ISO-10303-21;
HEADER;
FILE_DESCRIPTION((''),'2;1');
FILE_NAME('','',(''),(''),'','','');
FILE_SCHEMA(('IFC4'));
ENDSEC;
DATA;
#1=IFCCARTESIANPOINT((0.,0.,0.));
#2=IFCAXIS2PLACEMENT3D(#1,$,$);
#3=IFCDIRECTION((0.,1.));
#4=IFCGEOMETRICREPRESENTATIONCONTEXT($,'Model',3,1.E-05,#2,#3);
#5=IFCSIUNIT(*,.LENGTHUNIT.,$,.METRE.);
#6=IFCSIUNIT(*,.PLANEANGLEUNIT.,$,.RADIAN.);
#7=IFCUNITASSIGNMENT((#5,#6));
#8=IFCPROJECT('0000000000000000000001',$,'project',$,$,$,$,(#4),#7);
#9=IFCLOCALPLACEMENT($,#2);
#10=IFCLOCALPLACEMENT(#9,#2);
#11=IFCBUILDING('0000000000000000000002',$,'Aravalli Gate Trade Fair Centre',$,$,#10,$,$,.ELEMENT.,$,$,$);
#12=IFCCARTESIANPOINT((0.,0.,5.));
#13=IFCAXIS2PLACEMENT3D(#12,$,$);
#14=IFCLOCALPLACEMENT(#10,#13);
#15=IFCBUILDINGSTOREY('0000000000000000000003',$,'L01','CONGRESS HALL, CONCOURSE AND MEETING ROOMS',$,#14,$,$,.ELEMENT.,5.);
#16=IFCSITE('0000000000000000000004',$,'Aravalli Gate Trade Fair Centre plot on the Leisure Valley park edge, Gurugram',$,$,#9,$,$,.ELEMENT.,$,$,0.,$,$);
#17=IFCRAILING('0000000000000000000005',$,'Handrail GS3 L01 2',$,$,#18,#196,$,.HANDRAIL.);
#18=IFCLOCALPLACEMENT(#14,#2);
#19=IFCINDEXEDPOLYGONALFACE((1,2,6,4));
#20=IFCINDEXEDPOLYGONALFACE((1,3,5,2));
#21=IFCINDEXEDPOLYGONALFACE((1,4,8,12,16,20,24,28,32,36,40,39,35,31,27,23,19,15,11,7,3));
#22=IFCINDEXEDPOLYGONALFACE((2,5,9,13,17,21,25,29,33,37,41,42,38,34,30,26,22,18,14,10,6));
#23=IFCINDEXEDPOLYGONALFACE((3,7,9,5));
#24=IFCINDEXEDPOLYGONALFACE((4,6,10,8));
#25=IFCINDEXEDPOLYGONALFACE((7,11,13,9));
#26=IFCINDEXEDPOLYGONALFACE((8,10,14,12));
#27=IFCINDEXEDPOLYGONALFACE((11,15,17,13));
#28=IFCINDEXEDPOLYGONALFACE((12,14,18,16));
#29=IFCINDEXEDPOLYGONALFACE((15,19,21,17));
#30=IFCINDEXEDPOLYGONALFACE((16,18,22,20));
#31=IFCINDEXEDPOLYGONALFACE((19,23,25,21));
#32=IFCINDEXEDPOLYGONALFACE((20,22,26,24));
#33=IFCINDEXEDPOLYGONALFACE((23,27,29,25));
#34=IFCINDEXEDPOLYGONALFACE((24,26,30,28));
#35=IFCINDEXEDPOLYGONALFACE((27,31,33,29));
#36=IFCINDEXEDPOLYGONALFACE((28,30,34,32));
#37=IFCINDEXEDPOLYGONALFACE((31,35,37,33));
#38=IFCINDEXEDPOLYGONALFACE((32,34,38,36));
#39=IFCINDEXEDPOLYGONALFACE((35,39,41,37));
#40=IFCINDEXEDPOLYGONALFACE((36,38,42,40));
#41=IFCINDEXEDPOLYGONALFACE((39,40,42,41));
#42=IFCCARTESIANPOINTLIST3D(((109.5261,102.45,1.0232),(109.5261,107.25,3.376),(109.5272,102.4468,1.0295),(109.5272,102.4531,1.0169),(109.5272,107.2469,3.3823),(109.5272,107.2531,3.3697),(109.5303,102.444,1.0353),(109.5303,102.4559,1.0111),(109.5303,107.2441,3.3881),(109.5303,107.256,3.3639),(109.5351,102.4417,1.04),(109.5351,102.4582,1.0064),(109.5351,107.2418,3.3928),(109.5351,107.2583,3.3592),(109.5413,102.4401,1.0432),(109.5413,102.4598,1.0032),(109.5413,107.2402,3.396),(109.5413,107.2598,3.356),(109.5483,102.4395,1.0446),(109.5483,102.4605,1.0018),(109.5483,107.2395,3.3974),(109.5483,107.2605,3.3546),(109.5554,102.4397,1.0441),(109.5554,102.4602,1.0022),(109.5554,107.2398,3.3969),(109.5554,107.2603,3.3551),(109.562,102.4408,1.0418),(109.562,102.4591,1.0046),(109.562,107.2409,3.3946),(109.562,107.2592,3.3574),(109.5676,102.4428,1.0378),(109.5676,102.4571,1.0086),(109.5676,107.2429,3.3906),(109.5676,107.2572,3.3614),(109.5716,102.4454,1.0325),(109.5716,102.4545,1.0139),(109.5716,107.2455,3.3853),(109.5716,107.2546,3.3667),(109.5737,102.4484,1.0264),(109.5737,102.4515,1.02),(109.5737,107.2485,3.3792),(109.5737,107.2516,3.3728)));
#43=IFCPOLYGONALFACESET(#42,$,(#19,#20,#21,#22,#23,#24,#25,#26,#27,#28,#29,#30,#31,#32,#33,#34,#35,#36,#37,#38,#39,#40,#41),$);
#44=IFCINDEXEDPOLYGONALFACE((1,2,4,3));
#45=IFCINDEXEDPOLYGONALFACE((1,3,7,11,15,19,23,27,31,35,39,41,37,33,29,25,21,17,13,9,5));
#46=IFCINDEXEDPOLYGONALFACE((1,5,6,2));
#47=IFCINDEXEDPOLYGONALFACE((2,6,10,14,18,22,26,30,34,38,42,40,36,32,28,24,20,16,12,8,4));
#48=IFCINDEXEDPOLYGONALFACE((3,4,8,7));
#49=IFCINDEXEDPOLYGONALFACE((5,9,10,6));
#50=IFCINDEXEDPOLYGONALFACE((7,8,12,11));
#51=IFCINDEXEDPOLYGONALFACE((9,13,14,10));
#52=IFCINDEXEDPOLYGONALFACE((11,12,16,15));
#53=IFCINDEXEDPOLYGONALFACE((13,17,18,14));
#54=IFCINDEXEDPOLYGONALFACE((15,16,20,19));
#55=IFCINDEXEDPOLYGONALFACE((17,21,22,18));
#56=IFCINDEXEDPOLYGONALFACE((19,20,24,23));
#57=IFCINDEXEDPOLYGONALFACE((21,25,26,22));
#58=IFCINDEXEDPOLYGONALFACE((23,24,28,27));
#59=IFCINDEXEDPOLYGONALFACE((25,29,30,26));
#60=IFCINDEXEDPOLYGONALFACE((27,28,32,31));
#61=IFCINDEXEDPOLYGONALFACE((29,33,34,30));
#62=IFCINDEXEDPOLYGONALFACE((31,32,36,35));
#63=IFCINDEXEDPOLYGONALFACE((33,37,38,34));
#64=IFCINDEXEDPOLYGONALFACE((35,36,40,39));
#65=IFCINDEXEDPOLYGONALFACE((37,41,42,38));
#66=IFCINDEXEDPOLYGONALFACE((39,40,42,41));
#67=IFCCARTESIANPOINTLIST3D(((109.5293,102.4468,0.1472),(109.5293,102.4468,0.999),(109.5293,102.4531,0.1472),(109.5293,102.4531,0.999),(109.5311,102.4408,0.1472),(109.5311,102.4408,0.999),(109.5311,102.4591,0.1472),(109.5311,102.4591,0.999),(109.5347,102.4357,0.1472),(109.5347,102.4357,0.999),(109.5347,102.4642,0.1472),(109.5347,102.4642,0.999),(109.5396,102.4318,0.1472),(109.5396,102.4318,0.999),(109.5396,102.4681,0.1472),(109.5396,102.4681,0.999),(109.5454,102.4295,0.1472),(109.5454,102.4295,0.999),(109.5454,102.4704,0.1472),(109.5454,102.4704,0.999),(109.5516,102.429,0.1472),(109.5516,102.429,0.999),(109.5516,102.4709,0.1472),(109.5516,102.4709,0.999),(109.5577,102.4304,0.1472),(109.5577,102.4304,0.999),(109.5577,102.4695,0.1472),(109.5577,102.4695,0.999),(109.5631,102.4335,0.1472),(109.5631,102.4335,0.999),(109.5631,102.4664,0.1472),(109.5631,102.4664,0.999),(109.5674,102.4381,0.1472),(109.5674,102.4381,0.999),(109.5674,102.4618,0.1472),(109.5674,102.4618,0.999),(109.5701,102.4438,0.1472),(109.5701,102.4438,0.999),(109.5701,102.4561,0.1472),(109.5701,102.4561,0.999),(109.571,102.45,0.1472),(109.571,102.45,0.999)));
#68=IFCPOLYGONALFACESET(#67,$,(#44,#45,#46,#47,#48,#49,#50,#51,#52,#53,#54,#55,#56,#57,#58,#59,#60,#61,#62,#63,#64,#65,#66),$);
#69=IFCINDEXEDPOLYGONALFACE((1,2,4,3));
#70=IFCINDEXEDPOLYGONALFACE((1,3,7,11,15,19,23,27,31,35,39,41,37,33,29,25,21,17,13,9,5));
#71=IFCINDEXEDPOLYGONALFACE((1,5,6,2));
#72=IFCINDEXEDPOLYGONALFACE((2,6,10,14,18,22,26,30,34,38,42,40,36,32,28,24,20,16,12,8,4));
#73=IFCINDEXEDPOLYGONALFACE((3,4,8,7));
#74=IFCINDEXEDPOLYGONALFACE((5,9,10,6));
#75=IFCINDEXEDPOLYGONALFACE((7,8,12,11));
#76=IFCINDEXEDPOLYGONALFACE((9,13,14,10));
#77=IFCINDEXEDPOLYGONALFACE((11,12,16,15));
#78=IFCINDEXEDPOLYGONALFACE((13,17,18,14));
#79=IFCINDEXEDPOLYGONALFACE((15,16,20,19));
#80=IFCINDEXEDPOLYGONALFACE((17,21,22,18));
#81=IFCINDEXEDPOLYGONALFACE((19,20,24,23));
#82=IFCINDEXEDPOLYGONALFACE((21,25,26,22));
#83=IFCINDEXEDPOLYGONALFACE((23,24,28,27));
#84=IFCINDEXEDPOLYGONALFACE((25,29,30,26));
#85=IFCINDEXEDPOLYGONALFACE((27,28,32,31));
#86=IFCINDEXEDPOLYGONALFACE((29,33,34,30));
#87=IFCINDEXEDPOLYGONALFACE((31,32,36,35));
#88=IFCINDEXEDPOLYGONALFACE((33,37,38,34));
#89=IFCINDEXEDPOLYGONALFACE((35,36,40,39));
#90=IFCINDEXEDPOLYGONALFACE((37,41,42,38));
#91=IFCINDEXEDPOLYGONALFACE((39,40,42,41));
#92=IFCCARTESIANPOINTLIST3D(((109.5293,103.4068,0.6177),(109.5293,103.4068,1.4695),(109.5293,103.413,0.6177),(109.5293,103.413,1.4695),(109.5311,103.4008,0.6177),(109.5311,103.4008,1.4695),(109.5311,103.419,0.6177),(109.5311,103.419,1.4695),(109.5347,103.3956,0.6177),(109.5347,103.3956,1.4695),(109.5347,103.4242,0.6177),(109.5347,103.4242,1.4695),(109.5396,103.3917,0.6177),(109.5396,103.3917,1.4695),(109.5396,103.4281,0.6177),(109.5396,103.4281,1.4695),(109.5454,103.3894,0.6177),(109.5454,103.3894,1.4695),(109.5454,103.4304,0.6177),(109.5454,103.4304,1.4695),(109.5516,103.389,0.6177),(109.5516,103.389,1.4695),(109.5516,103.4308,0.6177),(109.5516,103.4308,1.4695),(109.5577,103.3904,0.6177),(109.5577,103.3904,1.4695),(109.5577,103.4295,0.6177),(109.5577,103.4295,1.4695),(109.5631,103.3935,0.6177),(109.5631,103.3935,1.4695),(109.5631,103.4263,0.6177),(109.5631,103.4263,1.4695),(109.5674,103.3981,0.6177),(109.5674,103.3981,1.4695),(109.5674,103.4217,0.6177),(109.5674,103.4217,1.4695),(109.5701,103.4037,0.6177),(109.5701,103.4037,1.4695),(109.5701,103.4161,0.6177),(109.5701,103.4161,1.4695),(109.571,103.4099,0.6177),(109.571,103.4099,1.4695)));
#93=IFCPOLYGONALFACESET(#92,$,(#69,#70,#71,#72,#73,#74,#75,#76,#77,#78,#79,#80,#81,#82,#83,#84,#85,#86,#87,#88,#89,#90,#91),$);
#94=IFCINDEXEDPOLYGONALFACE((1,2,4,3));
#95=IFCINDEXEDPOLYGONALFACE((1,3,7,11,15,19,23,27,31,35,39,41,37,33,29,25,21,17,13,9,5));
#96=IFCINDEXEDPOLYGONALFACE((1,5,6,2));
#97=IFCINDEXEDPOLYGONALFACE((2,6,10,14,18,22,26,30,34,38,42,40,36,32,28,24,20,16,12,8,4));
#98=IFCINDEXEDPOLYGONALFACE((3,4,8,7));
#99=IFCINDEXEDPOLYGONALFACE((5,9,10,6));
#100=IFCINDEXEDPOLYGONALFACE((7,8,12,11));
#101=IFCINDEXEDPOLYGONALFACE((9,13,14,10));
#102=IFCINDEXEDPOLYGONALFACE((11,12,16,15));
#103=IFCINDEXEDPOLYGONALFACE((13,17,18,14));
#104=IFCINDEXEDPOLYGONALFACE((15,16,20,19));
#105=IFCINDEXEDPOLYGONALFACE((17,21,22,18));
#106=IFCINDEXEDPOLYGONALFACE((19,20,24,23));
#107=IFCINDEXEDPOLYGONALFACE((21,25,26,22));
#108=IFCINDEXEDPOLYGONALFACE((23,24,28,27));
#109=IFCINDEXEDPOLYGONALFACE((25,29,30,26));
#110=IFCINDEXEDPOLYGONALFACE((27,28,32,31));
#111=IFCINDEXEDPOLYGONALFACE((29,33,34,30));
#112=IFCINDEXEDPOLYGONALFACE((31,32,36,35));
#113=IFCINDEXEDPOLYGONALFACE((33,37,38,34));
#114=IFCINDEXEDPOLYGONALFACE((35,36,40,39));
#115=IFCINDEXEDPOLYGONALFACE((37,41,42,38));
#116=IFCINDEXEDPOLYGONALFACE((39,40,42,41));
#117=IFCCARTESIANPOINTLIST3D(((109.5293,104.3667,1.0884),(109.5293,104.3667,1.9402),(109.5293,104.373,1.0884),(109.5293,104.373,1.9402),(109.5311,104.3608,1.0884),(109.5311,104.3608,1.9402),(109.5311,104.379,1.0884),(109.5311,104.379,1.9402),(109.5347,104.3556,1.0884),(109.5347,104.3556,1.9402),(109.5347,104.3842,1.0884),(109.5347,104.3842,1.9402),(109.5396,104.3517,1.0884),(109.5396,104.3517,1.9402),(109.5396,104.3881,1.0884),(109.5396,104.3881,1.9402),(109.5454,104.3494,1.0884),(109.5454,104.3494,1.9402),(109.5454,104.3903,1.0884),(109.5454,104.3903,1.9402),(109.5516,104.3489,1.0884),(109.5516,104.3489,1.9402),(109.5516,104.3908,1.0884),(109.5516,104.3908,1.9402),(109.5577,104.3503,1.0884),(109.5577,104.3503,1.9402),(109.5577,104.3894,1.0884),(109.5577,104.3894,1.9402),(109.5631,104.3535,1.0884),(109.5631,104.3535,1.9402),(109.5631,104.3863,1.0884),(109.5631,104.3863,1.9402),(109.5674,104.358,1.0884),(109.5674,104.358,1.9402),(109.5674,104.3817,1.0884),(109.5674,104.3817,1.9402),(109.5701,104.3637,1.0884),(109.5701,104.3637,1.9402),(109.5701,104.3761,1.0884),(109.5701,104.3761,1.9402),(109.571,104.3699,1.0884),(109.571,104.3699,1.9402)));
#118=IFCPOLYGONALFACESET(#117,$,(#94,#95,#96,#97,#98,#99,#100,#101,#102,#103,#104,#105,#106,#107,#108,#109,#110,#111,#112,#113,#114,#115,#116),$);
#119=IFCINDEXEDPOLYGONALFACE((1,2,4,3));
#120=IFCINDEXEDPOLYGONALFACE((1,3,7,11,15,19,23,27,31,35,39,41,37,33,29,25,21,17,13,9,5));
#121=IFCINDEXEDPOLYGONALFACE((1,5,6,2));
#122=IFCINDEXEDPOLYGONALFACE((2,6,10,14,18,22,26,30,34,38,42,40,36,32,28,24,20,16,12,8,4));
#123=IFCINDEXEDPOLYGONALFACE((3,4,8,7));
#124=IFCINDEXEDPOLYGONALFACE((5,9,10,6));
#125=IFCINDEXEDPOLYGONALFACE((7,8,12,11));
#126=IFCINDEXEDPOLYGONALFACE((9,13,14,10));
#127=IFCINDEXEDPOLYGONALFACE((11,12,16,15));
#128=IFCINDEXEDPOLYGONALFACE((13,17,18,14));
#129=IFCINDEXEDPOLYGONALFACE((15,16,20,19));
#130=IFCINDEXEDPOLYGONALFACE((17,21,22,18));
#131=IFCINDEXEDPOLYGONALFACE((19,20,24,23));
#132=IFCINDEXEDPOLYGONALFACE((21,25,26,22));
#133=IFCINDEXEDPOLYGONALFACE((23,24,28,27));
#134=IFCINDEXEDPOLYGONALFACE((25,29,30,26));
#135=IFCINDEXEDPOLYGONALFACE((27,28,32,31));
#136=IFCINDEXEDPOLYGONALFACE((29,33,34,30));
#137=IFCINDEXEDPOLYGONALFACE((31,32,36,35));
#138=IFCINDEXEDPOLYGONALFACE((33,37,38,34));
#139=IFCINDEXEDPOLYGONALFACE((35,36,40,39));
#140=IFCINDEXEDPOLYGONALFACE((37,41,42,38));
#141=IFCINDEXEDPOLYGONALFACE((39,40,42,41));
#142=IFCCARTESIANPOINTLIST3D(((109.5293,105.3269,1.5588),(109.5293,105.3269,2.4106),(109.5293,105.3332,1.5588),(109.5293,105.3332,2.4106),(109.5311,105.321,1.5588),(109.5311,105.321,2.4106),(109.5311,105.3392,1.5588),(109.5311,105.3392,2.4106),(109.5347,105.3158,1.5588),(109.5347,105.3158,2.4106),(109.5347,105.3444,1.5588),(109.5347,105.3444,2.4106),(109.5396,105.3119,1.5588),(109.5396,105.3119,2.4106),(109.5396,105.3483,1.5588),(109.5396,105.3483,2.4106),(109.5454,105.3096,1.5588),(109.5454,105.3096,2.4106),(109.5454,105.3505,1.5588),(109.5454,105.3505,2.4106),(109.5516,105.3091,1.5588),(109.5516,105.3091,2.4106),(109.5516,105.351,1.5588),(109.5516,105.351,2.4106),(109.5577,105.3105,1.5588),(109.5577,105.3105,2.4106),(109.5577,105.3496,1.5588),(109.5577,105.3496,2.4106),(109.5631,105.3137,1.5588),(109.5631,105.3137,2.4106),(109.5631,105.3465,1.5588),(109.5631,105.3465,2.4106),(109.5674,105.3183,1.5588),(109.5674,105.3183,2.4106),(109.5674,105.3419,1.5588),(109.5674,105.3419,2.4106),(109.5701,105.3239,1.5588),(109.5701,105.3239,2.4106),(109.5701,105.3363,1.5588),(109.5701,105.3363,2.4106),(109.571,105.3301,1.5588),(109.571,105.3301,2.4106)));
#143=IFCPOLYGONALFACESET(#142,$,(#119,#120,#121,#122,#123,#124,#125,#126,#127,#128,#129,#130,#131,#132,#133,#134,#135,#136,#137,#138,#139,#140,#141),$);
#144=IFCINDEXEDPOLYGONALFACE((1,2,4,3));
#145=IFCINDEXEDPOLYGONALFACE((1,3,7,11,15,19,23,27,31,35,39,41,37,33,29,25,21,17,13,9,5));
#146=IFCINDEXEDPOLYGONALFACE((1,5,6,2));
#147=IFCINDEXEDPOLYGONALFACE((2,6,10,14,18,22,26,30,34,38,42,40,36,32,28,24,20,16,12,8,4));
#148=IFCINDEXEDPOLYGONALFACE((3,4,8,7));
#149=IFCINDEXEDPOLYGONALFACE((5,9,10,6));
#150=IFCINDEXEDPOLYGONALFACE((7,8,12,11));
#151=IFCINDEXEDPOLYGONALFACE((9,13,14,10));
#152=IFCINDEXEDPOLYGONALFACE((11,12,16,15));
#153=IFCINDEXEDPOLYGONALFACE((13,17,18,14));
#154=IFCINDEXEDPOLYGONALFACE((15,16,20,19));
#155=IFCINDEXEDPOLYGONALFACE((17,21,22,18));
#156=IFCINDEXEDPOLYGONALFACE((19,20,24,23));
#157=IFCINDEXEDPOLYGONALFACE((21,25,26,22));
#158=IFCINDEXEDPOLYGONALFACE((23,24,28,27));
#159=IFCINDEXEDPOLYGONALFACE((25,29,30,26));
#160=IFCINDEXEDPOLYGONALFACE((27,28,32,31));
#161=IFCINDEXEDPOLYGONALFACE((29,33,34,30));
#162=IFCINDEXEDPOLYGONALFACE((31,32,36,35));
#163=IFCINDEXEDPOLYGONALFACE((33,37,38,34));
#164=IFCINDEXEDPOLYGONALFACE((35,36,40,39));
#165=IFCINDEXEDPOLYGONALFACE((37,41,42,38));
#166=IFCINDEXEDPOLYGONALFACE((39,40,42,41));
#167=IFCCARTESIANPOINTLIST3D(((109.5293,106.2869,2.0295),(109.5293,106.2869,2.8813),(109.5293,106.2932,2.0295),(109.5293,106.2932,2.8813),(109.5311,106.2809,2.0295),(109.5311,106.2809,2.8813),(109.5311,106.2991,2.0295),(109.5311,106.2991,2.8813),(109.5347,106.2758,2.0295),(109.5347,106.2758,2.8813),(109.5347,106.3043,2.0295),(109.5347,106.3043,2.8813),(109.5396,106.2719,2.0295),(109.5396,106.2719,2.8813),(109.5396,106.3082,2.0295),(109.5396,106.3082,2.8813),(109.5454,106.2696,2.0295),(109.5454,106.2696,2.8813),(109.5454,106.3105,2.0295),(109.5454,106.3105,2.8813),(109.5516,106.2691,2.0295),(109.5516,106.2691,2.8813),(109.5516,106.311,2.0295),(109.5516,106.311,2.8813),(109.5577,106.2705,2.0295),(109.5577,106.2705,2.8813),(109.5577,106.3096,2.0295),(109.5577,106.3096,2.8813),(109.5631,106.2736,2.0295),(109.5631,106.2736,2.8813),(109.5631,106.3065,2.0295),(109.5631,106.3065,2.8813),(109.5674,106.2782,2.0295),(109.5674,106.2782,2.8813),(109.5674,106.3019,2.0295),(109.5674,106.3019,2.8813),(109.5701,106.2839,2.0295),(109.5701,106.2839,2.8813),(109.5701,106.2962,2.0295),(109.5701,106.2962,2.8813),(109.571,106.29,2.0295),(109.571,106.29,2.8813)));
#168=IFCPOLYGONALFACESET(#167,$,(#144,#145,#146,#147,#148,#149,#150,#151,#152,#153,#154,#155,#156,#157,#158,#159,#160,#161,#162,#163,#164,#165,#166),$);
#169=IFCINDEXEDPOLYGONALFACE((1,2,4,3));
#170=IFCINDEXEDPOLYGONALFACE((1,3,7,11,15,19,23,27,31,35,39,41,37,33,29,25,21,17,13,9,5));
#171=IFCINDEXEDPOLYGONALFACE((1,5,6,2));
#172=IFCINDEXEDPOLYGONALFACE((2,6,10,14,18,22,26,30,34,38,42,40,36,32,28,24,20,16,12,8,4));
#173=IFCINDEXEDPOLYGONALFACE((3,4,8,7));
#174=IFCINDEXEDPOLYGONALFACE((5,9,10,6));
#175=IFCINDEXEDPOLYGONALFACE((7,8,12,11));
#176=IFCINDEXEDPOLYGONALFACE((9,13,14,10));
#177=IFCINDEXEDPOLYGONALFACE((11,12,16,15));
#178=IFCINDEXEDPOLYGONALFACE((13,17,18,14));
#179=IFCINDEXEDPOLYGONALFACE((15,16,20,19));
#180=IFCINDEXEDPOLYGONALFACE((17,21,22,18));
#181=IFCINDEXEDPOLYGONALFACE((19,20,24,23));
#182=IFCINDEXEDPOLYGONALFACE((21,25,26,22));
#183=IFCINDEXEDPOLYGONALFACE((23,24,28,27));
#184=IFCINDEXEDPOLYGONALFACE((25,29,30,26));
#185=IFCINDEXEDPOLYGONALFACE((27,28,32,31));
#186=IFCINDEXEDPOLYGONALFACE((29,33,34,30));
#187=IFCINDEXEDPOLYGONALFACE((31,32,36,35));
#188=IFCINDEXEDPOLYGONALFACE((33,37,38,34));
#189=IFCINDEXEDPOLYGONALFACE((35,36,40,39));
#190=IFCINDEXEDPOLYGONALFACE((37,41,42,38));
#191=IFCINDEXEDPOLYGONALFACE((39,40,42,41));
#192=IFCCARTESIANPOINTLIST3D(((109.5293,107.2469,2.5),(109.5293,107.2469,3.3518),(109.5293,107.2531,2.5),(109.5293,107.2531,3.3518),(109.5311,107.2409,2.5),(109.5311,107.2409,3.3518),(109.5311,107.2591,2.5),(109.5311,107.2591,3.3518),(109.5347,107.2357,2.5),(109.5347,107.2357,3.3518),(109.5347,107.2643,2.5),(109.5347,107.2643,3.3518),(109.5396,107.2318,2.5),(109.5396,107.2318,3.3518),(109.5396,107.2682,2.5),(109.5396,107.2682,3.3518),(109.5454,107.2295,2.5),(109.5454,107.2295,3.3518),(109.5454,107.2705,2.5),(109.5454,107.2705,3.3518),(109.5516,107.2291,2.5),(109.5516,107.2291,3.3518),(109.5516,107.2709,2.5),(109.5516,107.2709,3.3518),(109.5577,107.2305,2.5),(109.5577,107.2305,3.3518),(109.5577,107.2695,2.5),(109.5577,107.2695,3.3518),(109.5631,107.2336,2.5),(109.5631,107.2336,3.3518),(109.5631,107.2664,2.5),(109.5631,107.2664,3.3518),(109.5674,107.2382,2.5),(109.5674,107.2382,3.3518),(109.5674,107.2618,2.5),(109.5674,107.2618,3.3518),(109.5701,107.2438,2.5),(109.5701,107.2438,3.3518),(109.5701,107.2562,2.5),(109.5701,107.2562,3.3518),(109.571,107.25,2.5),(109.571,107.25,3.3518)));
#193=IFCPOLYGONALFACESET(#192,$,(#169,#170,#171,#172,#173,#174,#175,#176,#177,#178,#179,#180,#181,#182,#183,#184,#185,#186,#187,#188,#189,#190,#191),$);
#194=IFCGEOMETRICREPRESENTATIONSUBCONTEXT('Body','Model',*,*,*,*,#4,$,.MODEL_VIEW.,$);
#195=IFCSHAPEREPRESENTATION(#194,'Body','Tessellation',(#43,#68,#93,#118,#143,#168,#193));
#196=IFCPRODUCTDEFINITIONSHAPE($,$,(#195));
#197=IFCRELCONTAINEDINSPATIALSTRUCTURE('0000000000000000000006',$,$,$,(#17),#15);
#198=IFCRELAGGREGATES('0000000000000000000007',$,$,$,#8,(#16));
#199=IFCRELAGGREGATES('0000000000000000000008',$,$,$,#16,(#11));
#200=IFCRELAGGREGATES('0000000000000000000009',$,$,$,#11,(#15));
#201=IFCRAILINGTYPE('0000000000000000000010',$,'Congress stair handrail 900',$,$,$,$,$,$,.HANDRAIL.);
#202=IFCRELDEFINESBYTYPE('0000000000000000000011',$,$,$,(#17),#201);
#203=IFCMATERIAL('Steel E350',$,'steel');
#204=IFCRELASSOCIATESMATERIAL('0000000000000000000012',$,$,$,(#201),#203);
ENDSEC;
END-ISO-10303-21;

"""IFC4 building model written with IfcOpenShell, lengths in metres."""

from ifc_helpers import new_model, si_unit, direction, frame, origin, origin_2d, place, context, subcontext, project, spatial, circle, extrude, material, type_object, element, save


model = new_model("IFC4")

# Units and contexts
model_context = context("Model", 3, precision=1e-05, world=origin(), true_north=direction((0.0, 1.0)))
body_context = subcontext(model_context, "Body", "Model", "MODEL_VIEW")
ifc_project = project(units=[si_unit("LENGTHUNIT", "METRE"), si_unit("PLANEANGLEUNIT", "RADIAN")], contexts=[model_context])

# Site, building, storey
site_placement = place(None, origin())
site = spatial("IfcSite", under=ifc_project, at=site_placement, Name="Aravalli Gate Trade Fair Centre plot on the Leisure Valley park edge, Gurugram", CompositionType="ELEMENT", RefElevation=0.0)
building_placement = place(site_placement, origin())
building = spatial("IfcBuilding", under=site, at=building_placement, Name="Aravalli Gate Trade Fair Centre", CompositionType="ELEMENT")
storey_placement = place(building_placement, frame((0.0, 0.0, 5.0)))
storey = spatial("IfcBuildingStorey", under=building, at=storey_placement, Name="L01", Description="CONGRESS HALL, CONCOURSE AND MEETING ROOMS", CompositionType="ELEMENT", Elevation=5.0)

# Railing
ifc_material_1 = material(Name="Steel E350", Category="steel")
railing_type_1 = type_object("IfcRailingType", Name="Congress stair handrail 900", PredefinedType="HANDRAIL", material=ifc_material_1)
for number, where, name in (
    (1, (109.55, 102.45, 0.1472), "Handrail GS3 L01 2"),
):
    element("IfcRailing", number, at=place(storey_placement, frame(where)), inside=storey, type_object=railing_type_1, Name=name, PredefinedType="HANDRAIL", context=body_context, shape_type="SweptSolid", body=[
        extrude(circle(Radius=0.0239, at=origin_2d()), frame((0.0, 0.0, 0.876), z_axis=(0.0, 0.897934, 0.44013), x_axis=(-1.0, 0.0, 0.0)), (0.0, 0.0, 1.0), 5.3457),
        extrude(circle(Radius=0.021, at=origin_2d()), origin(), (0.0, 0.0, 1.0), 0.8518),
        extrude(circle(Radius=0.021, at=origin_2d()), frame((0.0, 0.96, 0.4705)), (0.0, 0.0, 1.0), 0.8518),
        extrude(circle(Radius=0.021, at=origin_2d()), frame((0.0, 1.9199, 0.9412)), (0.0, 0.0, 1.0), 0.8518),
        extrude(circle(Radius=0.021, at=origin_2d()), frame((0.0, 2.8801, 1.4116)), (0.0, 0.0, 1.0), 0.8518),
        extrude(circle(Radius=0.021, at=origin_2d()), frame((0.0, 3.8401, 1.8823)), (0.0, 0.0, 1.0), 0.8518),
        extrude(circle(Radius=0.021, at=origin_2d()), frame((0.0, 4.8, 2.3528)), (0.0, 0.0, 1.0), 0.8518),
    ])

save(model, "model.ifc")
